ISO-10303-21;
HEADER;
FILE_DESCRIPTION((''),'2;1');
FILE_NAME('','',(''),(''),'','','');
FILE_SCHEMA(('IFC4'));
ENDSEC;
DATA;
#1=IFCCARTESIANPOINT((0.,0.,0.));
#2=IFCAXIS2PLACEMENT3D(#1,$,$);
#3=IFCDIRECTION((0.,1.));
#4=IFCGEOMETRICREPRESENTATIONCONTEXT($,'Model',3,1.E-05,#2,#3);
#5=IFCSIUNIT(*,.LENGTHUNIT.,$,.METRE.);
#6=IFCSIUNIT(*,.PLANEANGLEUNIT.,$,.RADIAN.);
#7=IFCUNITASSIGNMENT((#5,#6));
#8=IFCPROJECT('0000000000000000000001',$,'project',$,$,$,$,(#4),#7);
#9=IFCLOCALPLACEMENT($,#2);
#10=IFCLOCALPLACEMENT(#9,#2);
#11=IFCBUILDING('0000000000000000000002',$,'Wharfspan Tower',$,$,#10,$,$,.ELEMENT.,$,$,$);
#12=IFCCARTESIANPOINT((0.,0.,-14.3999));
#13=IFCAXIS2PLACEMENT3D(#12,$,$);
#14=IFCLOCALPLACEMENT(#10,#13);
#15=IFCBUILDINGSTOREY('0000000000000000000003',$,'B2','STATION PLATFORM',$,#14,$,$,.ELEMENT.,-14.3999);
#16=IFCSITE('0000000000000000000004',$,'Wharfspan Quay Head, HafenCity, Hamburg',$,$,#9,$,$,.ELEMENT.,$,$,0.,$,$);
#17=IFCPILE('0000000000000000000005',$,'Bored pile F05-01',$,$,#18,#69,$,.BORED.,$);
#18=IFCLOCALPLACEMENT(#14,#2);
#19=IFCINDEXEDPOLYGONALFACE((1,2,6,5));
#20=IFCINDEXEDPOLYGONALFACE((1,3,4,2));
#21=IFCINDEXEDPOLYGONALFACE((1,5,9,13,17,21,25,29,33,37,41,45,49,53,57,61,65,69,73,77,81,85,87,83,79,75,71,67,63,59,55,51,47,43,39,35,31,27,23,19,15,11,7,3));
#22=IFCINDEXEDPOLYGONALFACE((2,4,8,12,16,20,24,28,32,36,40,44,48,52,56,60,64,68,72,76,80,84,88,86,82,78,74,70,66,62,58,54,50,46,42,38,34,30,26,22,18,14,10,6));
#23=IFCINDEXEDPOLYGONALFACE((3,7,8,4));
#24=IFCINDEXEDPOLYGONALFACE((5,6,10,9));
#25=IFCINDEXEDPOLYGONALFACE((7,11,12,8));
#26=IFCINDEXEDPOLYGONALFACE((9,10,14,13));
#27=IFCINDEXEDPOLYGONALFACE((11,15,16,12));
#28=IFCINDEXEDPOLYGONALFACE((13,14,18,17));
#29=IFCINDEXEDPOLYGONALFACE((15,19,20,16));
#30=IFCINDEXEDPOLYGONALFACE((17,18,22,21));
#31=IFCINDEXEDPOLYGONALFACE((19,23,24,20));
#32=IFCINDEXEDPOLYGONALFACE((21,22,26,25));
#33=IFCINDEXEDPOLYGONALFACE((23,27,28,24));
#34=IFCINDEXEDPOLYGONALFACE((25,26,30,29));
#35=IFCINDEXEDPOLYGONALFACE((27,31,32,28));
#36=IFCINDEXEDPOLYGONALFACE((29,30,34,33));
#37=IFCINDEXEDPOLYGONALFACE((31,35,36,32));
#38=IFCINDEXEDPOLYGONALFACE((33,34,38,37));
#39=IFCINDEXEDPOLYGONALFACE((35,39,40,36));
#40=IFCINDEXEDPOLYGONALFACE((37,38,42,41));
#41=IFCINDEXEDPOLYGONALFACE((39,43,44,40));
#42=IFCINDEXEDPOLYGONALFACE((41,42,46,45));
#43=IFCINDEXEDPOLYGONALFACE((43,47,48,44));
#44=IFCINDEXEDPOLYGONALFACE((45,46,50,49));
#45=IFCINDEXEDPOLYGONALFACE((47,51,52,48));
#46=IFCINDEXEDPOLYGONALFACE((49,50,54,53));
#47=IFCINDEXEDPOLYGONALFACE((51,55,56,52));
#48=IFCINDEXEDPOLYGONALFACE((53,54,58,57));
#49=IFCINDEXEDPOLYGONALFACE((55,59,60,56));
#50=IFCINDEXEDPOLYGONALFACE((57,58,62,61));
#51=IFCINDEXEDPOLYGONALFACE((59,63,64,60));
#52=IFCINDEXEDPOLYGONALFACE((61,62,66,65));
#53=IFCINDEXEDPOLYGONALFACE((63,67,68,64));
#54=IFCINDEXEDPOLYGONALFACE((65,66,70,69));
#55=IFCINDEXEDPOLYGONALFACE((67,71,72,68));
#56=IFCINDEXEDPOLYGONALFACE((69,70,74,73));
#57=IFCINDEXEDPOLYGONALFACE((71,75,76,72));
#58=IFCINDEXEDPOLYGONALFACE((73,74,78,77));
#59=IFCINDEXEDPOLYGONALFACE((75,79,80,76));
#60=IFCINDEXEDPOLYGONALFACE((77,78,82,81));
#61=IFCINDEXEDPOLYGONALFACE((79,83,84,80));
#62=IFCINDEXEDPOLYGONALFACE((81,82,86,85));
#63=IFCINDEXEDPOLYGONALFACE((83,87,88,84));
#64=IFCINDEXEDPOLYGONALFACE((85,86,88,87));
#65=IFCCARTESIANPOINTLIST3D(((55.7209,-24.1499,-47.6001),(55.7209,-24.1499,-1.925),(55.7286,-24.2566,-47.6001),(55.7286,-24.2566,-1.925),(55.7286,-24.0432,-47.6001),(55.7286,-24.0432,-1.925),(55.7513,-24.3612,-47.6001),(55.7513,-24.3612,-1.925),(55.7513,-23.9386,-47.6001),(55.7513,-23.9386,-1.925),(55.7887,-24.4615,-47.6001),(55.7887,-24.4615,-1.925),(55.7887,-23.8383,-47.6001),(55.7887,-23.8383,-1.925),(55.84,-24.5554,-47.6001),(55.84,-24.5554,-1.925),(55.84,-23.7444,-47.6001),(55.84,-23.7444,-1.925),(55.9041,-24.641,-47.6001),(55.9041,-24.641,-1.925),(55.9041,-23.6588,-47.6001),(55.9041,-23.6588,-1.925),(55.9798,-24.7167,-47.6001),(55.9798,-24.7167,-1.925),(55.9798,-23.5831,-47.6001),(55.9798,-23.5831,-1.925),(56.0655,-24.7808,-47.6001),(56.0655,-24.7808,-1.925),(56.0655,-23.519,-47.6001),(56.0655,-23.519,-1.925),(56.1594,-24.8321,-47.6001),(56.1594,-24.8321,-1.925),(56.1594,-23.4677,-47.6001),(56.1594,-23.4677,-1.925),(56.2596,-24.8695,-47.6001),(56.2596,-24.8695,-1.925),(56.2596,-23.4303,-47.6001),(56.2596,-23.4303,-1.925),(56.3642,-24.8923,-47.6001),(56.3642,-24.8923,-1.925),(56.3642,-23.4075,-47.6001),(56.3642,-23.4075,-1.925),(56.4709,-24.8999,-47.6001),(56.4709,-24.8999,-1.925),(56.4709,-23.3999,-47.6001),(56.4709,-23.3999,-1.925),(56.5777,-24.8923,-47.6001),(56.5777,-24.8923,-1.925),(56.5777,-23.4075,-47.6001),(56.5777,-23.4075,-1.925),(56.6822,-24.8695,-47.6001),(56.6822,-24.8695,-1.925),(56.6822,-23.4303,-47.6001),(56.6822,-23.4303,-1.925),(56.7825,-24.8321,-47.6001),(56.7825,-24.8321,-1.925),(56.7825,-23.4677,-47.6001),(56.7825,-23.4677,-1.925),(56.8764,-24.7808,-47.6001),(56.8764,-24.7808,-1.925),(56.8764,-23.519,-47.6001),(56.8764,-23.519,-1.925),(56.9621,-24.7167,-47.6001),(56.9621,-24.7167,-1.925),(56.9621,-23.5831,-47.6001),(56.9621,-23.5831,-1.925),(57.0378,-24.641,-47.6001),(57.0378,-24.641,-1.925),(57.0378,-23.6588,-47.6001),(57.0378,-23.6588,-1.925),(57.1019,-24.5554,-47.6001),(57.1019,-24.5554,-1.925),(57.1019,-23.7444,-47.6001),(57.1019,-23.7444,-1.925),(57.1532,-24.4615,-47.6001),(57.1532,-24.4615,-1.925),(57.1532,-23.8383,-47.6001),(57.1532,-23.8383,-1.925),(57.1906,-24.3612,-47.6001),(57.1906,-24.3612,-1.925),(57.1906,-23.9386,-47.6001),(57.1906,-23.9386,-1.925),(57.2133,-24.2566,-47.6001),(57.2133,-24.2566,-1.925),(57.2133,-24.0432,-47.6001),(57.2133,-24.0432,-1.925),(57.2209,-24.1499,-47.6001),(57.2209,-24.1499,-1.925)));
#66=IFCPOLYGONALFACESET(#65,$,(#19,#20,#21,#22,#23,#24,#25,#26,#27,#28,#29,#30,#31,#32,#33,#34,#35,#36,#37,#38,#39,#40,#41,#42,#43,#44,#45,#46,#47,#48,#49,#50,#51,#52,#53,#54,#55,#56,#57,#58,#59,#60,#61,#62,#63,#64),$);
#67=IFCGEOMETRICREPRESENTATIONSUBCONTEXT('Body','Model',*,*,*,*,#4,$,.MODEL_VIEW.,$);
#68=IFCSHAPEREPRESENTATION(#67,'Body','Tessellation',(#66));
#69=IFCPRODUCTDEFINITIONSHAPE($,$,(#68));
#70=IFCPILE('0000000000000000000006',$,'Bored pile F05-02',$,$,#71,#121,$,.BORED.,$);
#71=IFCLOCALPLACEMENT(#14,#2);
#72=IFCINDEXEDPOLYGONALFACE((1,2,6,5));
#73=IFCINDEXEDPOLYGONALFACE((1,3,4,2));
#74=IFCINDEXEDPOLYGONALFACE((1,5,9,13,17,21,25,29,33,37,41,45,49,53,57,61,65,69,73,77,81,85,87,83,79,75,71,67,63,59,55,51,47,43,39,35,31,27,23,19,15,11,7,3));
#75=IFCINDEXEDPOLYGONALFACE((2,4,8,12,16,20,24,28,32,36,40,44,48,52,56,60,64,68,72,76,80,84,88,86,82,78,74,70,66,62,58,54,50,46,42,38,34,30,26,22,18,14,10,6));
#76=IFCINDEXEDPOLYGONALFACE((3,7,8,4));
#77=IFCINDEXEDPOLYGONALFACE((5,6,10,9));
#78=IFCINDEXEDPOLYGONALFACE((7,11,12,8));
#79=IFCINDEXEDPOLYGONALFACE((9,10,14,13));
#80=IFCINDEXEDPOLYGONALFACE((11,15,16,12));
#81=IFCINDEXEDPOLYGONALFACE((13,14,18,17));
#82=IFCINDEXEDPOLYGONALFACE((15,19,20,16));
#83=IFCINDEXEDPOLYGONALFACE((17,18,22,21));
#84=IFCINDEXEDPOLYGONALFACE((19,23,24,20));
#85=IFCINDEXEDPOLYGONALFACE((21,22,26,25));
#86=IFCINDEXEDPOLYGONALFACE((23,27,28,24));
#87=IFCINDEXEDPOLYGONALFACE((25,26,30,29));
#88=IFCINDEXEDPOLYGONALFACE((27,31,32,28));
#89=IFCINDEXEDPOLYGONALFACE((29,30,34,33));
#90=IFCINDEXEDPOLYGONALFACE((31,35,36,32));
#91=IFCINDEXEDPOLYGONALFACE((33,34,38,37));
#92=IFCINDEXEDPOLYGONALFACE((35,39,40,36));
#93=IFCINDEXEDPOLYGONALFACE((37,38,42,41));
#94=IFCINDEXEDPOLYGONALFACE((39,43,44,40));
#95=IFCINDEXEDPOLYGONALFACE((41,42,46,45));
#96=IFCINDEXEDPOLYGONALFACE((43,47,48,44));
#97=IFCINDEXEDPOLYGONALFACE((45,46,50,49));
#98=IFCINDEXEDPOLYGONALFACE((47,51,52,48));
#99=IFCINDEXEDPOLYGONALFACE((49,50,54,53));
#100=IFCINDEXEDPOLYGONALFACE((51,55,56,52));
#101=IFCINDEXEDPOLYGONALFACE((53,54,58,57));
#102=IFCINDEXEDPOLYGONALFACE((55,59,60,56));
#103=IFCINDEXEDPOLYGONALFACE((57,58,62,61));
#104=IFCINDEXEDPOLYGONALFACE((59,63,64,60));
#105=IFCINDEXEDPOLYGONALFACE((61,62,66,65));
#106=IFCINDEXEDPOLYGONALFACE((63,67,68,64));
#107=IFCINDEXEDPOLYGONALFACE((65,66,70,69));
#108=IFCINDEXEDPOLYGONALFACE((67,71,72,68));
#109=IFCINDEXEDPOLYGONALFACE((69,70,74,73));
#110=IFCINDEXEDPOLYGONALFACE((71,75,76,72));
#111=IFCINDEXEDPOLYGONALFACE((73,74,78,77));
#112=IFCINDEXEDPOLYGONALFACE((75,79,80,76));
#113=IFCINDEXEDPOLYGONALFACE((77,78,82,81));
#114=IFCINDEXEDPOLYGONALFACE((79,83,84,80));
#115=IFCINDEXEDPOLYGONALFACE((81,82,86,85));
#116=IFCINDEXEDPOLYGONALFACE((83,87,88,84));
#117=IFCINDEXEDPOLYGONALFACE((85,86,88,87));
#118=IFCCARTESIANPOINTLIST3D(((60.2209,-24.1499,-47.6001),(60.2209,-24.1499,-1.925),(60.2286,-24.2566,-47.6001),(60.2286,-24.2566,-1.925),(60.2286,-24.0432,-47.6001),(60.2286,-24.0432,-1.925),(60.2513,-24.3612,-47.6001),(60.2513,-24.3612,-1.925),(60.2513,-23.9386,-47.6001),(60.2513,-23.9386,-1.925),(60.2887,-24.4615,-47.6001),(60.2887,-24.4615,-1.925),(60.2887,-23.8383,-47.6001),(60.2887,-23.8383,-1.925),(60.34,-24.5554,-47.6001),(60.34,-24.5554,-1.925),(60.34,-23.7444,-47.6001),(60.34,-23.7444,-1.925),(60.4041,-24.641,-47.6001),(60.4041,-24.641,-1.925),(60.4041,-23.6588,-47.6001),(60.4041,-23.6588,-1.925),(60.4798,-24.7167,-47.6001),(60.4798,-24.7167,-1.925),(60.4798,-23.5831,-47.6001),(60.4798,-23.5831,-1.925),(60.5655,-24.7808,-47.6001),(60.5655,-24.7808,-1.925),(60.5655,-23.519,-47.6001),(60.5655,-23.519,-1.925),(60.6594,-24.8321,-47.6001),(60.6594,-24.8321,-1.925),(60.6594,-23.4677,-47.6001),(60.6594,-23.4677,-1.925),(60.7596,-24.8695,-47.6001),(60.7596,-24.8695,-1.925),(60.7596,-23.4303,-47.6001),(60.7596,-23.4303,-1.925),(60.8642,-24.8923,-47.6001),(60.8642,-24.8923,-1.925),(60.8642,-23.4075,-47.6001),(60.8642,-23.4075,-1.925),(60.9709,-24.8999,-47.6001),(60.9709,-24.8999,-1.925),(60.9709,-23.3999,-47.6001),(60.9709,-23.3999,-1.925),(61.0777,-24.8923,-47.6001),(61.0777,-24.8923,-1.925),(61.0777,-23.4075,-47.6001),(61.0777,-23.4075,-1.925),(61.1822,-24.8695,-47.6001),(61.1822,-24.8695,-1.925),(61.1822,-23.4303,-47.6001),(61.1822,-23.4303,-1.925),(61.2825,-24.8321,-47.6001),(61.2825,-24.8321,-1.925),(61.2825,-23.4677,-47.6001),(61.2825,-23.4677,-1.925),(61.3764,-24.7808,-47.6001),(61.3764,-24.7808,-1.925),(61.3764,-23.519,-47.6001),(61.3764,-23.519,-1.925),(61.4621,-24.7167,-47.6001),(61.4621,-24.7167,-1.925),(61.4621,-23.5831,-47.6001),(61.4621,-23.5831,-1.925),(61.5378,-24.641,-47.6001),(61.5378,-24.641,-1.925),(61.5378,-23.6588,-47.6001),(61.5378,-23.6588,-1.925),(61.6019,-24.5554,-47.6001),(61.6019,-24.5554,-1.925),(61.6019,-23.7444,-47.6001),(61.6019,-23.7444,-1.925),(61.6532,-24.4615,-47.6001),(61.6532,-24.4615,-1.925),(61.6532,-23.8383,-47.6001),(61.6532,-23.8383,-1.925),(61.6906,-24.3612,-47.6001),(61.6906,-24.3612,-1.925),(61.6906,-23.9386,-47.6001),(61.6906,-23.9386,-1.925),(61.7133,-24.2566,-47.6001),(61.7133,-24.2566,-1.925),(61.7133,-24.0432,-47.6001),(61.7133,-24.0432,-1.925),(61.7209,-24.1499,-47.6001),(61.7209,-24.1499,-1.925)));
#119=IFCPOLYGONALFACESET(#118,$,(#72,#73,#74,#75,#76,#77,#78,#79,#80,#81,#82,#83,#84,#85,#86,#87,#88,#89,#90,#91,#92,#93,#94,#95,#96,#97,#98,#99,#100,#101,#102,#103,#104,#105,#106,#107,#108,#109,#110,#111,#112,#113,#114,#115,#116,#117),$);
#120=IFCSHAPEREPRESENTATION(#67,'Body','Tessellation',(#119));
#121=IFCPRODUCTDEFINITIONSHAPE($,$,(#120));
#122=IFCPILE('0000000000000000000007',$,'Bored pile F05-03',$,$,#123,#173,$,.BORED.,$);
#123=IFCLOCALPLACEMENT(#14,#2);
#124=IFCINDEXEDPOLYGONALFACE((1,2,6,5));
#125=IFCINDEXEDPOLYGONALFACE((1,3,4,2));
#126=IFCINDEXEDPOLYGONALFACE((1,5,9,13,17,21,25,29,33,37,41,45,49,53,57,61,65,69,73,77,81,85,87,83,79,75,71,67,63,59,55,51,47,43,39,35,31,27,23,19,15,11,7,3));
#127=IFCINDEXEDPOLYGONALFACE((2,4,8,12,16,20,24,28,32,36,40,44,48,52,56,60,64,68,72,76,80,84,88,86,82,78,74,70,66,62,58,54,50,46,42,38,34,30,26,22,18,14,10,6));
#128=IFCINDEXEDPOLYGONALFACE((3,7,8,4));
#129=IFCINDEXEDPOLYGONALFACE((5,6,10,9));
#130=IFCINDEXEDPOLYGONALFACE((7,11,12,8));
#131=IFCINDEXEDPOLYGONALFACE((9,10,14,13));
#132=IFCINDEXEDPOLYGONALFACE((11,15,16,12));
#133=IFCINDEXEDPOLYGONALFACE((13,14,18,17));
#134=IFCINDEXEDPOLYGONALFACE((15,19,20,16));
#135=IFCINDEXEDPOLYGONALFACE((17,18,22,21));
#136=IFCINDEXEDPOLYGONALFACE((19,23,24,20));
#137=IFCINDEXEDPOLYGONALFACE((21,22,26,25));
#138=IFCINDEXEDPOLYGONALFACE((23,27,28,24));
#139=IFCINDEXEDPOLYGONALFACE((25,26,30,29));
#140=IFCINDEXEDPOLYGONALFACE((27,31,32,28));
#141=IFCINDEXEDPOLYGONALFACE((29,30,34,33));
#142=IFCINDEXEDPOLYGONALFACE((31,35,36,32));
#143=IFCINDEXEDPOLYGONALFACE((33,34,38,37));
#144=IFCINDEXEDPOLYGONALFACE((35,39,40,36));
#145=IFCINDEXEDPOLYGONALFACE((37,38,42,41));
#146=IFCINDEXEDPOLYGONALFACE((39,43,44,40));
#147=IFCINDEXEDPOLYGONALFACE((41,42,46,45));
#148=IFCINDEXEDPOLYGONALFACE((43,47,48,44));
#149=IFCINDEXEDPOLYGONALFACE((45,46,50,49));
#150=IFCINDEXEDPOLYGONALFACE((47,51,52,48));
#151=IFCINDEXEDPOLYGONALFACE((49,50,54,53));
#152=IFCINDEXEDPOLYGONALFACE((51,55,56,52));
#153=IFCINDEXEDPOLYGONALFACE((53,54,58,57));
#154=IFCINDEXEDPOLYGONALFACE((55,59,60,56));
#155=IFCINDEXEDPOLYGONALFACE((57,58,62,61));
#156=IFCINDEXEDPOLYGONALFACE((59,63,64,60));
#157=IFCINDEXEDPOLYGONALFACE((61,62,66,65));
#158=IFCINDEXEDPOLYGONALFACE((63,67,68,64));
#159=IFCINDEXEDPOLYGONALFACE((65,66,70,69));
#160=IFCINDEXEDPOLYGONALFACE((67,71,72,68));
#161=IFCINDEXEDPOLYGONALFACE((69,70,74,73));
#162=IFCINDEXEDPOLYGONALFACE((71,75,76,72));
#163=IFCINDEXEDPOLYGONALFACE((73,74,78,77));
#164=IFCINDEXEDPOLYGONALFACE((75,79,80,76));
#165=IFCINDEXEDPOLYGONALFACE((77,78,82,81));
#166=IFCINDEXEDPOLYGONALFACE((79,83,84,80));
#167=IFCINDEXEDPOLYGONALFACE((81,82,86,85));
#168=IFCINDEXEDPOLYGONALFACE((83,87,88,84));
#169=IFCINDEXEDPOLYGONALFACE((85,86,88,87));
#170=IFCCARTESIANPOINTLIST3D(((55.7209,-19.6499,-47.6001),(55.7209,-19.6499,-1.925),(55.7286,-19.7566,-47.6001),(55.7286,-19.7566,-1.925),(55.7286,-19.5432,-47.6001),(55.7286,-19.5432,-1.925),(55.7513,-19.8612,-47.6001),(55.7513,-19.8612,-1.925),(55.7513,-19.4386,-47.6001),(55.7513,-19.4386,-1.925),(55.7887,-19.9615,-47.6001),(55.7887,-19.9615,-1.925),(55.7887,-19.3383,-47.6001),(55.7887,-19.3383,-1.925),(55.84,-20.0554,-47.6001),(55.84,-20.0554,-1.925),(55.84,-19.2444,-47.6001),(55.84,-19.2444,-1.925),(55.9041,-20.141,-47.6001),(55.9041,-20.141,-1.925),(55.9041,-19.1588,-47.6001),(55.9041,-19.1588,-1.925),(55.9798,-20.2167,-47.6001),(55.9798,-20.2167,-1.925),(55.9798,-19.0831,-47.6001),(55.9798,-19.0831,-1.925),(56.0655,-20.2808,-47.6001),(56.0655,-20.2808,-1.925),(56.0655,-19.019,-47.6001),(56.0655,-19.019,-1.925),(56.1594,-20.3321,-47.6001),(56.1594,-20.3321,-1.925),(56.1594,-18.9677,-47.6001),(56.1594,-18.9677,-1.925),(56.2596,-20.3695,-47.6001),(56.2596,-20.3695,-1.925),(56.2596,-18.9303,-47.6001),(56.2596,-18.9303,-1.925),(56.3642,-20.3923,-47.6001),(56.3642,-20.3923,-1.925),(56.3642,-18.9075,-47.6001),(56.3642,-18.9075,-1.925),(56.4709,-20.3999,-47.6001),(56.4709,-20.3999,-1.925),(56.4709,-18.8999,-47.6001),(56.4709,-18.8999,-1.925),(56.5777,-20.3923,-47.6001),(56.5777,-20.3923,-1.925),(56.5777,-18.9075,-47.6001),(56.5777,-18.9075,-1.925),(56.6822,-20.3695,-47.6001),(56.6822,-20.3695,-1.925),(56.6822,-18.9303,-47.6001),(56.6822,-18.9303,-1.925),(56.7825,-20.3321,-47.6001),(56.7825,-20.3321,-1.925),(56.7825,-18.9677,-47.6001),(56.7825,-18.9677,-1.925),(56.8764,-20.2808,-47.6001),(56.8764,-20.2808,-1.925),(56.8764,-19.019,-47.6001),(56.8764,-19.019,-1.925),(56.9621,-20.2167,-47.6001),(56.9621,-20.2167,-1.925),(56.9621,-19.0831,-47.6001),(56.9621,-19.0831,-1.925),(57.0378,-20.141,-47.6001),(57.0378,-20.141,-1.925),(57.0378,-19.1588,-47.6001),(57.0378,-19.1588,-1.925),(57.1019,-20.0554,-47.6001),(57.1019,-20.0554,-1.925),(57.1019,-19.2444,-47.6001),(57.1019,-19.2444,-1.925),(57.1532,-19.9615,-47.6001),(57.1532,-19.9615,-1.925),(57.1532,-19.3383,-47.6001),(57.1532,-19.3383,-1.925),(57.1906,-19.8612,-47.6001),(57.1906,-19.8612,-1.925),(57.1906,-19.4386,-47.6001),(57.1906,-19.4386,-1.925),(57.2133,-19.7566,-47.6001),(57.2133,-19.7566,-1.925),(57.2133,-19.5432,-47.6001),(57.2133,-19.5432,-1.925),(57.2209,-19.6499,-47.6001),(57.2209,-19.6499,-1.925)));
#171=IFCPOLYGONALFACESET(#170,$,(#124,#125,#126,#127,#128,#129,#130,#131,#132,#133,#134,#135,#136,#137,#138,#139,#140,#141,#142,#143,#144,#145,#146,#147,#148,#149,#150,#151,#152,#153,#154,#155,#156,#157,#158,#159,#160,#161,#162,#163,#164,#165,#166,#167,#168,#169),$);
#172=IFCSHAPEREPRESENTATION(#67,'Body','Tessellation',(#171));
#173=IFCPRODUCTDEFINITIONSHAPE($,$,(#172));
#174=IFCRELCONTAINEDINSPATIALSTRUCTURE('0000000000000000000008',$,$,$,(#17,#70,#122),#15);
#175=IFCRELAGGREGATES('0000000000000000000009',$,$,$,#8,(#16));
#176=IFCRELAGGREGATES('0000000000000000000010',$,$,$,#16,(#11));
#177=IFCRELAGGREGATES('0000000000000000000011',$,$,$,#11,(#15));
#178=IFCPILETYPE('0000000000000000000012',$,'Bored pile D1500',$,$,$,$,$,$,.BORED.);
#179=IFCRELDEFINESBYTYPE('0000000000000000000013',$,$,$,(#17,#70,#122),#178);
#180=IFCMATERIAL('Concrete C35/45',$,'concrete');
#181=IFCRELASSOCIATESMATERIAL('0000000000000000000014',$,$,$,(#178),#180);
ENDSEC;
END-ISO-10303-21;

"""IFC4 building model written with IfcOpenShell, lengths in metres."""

from ifc_helpers import new_model, si_unit, direction, frame, origin, origin_2d, place, context, subcontext, project, spatial, circle, extrude, material, material_profile, profile_set, type_object, element, save


model = new_model("IFC4")

# Units and contexts
model_context = context("Model", 3, precision=1e-05, world=origin(), true_north=direction((0.0, 1.0)))
body_context = subcontext(model_context, "Body", "Model", "MODEL_VIEW")
ifc_project = project(units=[si_unit("LENGTHUNIT", "METRE"), si_unit("PLANEANGLEUNIT", "RADIAN")], contexts=[model_context])

# Site, building, storey
site_placement = place(None, origin())
site = spatial("IfcSite", under=ifc_project, at=site_placement, Name="Wharfspan Quay Head, HafenCity, Hamburg", CompositionType="ELEMENT", RefElevation=0.0)
building_placement = place(site_placement, origin())
building = spatial("IfcBuilding", under=site, at=building_placement, Name="Wharfspan Tower", CompositionType="ELEMENT")
storey_placement = place(building_placement, frame((0.0, 0.0, -14.3999)))
storey = spatial("IfcBuildingStorey", under=building, at=storey_placement, Name="B2", Description="STATION PLATFORM", CompositionType="ELEMENT", Elevation=-14.3999)

# Piles
ifc_material_1 = material(Name="Concrete C35/45", Category="concrete")
ifc_material_profile_1 = material_profile(ifc_material_1, circle(Radius=0.75, at=origin_2d()))
ifc_profile_set_1 = profile_set([ifc_material_profile_1], Name="Concrete C35/45")
pile_type = type_object("IfcPileType", Name="Bored pile D1500", PredefinedType="BORED", material=ifc_profile_set_1)
for number, where, z_axis, x_axis, name in (
    (1, (56.4709, -24.1499, -1.925), (0.0, 0.0, -1.0), (1.0, 0.0, 0.0), "Bored pile F05-01"),
    (2, (60.9709, -24.1499, -1.925), (0.0, 0.0, -1.0), (1.0, 0.0, 0.0), "Bored pile F05-02"),
    (3, (56.4709, -19.6499, -1.925), (0.0, 0.0, -1.0), (1.0, 0.0, 0.0), "Bored pile F05-03"),
):
    element("IfcPile", number, at=place(storey_placement, frame(where, z_axis=z_axis, x_axis=x_axis)), inside=storey, type_object=pile_type, Name=name, PredefinedType="BORED", context=body_context, shape_type="SweptSolid", body=[
        extrude(circle(Radius=0.75, at=origin_2d()), origin(), (0.0, 0.0, 1.0), 45.675),
    ])

save(model, "model.ifc")
